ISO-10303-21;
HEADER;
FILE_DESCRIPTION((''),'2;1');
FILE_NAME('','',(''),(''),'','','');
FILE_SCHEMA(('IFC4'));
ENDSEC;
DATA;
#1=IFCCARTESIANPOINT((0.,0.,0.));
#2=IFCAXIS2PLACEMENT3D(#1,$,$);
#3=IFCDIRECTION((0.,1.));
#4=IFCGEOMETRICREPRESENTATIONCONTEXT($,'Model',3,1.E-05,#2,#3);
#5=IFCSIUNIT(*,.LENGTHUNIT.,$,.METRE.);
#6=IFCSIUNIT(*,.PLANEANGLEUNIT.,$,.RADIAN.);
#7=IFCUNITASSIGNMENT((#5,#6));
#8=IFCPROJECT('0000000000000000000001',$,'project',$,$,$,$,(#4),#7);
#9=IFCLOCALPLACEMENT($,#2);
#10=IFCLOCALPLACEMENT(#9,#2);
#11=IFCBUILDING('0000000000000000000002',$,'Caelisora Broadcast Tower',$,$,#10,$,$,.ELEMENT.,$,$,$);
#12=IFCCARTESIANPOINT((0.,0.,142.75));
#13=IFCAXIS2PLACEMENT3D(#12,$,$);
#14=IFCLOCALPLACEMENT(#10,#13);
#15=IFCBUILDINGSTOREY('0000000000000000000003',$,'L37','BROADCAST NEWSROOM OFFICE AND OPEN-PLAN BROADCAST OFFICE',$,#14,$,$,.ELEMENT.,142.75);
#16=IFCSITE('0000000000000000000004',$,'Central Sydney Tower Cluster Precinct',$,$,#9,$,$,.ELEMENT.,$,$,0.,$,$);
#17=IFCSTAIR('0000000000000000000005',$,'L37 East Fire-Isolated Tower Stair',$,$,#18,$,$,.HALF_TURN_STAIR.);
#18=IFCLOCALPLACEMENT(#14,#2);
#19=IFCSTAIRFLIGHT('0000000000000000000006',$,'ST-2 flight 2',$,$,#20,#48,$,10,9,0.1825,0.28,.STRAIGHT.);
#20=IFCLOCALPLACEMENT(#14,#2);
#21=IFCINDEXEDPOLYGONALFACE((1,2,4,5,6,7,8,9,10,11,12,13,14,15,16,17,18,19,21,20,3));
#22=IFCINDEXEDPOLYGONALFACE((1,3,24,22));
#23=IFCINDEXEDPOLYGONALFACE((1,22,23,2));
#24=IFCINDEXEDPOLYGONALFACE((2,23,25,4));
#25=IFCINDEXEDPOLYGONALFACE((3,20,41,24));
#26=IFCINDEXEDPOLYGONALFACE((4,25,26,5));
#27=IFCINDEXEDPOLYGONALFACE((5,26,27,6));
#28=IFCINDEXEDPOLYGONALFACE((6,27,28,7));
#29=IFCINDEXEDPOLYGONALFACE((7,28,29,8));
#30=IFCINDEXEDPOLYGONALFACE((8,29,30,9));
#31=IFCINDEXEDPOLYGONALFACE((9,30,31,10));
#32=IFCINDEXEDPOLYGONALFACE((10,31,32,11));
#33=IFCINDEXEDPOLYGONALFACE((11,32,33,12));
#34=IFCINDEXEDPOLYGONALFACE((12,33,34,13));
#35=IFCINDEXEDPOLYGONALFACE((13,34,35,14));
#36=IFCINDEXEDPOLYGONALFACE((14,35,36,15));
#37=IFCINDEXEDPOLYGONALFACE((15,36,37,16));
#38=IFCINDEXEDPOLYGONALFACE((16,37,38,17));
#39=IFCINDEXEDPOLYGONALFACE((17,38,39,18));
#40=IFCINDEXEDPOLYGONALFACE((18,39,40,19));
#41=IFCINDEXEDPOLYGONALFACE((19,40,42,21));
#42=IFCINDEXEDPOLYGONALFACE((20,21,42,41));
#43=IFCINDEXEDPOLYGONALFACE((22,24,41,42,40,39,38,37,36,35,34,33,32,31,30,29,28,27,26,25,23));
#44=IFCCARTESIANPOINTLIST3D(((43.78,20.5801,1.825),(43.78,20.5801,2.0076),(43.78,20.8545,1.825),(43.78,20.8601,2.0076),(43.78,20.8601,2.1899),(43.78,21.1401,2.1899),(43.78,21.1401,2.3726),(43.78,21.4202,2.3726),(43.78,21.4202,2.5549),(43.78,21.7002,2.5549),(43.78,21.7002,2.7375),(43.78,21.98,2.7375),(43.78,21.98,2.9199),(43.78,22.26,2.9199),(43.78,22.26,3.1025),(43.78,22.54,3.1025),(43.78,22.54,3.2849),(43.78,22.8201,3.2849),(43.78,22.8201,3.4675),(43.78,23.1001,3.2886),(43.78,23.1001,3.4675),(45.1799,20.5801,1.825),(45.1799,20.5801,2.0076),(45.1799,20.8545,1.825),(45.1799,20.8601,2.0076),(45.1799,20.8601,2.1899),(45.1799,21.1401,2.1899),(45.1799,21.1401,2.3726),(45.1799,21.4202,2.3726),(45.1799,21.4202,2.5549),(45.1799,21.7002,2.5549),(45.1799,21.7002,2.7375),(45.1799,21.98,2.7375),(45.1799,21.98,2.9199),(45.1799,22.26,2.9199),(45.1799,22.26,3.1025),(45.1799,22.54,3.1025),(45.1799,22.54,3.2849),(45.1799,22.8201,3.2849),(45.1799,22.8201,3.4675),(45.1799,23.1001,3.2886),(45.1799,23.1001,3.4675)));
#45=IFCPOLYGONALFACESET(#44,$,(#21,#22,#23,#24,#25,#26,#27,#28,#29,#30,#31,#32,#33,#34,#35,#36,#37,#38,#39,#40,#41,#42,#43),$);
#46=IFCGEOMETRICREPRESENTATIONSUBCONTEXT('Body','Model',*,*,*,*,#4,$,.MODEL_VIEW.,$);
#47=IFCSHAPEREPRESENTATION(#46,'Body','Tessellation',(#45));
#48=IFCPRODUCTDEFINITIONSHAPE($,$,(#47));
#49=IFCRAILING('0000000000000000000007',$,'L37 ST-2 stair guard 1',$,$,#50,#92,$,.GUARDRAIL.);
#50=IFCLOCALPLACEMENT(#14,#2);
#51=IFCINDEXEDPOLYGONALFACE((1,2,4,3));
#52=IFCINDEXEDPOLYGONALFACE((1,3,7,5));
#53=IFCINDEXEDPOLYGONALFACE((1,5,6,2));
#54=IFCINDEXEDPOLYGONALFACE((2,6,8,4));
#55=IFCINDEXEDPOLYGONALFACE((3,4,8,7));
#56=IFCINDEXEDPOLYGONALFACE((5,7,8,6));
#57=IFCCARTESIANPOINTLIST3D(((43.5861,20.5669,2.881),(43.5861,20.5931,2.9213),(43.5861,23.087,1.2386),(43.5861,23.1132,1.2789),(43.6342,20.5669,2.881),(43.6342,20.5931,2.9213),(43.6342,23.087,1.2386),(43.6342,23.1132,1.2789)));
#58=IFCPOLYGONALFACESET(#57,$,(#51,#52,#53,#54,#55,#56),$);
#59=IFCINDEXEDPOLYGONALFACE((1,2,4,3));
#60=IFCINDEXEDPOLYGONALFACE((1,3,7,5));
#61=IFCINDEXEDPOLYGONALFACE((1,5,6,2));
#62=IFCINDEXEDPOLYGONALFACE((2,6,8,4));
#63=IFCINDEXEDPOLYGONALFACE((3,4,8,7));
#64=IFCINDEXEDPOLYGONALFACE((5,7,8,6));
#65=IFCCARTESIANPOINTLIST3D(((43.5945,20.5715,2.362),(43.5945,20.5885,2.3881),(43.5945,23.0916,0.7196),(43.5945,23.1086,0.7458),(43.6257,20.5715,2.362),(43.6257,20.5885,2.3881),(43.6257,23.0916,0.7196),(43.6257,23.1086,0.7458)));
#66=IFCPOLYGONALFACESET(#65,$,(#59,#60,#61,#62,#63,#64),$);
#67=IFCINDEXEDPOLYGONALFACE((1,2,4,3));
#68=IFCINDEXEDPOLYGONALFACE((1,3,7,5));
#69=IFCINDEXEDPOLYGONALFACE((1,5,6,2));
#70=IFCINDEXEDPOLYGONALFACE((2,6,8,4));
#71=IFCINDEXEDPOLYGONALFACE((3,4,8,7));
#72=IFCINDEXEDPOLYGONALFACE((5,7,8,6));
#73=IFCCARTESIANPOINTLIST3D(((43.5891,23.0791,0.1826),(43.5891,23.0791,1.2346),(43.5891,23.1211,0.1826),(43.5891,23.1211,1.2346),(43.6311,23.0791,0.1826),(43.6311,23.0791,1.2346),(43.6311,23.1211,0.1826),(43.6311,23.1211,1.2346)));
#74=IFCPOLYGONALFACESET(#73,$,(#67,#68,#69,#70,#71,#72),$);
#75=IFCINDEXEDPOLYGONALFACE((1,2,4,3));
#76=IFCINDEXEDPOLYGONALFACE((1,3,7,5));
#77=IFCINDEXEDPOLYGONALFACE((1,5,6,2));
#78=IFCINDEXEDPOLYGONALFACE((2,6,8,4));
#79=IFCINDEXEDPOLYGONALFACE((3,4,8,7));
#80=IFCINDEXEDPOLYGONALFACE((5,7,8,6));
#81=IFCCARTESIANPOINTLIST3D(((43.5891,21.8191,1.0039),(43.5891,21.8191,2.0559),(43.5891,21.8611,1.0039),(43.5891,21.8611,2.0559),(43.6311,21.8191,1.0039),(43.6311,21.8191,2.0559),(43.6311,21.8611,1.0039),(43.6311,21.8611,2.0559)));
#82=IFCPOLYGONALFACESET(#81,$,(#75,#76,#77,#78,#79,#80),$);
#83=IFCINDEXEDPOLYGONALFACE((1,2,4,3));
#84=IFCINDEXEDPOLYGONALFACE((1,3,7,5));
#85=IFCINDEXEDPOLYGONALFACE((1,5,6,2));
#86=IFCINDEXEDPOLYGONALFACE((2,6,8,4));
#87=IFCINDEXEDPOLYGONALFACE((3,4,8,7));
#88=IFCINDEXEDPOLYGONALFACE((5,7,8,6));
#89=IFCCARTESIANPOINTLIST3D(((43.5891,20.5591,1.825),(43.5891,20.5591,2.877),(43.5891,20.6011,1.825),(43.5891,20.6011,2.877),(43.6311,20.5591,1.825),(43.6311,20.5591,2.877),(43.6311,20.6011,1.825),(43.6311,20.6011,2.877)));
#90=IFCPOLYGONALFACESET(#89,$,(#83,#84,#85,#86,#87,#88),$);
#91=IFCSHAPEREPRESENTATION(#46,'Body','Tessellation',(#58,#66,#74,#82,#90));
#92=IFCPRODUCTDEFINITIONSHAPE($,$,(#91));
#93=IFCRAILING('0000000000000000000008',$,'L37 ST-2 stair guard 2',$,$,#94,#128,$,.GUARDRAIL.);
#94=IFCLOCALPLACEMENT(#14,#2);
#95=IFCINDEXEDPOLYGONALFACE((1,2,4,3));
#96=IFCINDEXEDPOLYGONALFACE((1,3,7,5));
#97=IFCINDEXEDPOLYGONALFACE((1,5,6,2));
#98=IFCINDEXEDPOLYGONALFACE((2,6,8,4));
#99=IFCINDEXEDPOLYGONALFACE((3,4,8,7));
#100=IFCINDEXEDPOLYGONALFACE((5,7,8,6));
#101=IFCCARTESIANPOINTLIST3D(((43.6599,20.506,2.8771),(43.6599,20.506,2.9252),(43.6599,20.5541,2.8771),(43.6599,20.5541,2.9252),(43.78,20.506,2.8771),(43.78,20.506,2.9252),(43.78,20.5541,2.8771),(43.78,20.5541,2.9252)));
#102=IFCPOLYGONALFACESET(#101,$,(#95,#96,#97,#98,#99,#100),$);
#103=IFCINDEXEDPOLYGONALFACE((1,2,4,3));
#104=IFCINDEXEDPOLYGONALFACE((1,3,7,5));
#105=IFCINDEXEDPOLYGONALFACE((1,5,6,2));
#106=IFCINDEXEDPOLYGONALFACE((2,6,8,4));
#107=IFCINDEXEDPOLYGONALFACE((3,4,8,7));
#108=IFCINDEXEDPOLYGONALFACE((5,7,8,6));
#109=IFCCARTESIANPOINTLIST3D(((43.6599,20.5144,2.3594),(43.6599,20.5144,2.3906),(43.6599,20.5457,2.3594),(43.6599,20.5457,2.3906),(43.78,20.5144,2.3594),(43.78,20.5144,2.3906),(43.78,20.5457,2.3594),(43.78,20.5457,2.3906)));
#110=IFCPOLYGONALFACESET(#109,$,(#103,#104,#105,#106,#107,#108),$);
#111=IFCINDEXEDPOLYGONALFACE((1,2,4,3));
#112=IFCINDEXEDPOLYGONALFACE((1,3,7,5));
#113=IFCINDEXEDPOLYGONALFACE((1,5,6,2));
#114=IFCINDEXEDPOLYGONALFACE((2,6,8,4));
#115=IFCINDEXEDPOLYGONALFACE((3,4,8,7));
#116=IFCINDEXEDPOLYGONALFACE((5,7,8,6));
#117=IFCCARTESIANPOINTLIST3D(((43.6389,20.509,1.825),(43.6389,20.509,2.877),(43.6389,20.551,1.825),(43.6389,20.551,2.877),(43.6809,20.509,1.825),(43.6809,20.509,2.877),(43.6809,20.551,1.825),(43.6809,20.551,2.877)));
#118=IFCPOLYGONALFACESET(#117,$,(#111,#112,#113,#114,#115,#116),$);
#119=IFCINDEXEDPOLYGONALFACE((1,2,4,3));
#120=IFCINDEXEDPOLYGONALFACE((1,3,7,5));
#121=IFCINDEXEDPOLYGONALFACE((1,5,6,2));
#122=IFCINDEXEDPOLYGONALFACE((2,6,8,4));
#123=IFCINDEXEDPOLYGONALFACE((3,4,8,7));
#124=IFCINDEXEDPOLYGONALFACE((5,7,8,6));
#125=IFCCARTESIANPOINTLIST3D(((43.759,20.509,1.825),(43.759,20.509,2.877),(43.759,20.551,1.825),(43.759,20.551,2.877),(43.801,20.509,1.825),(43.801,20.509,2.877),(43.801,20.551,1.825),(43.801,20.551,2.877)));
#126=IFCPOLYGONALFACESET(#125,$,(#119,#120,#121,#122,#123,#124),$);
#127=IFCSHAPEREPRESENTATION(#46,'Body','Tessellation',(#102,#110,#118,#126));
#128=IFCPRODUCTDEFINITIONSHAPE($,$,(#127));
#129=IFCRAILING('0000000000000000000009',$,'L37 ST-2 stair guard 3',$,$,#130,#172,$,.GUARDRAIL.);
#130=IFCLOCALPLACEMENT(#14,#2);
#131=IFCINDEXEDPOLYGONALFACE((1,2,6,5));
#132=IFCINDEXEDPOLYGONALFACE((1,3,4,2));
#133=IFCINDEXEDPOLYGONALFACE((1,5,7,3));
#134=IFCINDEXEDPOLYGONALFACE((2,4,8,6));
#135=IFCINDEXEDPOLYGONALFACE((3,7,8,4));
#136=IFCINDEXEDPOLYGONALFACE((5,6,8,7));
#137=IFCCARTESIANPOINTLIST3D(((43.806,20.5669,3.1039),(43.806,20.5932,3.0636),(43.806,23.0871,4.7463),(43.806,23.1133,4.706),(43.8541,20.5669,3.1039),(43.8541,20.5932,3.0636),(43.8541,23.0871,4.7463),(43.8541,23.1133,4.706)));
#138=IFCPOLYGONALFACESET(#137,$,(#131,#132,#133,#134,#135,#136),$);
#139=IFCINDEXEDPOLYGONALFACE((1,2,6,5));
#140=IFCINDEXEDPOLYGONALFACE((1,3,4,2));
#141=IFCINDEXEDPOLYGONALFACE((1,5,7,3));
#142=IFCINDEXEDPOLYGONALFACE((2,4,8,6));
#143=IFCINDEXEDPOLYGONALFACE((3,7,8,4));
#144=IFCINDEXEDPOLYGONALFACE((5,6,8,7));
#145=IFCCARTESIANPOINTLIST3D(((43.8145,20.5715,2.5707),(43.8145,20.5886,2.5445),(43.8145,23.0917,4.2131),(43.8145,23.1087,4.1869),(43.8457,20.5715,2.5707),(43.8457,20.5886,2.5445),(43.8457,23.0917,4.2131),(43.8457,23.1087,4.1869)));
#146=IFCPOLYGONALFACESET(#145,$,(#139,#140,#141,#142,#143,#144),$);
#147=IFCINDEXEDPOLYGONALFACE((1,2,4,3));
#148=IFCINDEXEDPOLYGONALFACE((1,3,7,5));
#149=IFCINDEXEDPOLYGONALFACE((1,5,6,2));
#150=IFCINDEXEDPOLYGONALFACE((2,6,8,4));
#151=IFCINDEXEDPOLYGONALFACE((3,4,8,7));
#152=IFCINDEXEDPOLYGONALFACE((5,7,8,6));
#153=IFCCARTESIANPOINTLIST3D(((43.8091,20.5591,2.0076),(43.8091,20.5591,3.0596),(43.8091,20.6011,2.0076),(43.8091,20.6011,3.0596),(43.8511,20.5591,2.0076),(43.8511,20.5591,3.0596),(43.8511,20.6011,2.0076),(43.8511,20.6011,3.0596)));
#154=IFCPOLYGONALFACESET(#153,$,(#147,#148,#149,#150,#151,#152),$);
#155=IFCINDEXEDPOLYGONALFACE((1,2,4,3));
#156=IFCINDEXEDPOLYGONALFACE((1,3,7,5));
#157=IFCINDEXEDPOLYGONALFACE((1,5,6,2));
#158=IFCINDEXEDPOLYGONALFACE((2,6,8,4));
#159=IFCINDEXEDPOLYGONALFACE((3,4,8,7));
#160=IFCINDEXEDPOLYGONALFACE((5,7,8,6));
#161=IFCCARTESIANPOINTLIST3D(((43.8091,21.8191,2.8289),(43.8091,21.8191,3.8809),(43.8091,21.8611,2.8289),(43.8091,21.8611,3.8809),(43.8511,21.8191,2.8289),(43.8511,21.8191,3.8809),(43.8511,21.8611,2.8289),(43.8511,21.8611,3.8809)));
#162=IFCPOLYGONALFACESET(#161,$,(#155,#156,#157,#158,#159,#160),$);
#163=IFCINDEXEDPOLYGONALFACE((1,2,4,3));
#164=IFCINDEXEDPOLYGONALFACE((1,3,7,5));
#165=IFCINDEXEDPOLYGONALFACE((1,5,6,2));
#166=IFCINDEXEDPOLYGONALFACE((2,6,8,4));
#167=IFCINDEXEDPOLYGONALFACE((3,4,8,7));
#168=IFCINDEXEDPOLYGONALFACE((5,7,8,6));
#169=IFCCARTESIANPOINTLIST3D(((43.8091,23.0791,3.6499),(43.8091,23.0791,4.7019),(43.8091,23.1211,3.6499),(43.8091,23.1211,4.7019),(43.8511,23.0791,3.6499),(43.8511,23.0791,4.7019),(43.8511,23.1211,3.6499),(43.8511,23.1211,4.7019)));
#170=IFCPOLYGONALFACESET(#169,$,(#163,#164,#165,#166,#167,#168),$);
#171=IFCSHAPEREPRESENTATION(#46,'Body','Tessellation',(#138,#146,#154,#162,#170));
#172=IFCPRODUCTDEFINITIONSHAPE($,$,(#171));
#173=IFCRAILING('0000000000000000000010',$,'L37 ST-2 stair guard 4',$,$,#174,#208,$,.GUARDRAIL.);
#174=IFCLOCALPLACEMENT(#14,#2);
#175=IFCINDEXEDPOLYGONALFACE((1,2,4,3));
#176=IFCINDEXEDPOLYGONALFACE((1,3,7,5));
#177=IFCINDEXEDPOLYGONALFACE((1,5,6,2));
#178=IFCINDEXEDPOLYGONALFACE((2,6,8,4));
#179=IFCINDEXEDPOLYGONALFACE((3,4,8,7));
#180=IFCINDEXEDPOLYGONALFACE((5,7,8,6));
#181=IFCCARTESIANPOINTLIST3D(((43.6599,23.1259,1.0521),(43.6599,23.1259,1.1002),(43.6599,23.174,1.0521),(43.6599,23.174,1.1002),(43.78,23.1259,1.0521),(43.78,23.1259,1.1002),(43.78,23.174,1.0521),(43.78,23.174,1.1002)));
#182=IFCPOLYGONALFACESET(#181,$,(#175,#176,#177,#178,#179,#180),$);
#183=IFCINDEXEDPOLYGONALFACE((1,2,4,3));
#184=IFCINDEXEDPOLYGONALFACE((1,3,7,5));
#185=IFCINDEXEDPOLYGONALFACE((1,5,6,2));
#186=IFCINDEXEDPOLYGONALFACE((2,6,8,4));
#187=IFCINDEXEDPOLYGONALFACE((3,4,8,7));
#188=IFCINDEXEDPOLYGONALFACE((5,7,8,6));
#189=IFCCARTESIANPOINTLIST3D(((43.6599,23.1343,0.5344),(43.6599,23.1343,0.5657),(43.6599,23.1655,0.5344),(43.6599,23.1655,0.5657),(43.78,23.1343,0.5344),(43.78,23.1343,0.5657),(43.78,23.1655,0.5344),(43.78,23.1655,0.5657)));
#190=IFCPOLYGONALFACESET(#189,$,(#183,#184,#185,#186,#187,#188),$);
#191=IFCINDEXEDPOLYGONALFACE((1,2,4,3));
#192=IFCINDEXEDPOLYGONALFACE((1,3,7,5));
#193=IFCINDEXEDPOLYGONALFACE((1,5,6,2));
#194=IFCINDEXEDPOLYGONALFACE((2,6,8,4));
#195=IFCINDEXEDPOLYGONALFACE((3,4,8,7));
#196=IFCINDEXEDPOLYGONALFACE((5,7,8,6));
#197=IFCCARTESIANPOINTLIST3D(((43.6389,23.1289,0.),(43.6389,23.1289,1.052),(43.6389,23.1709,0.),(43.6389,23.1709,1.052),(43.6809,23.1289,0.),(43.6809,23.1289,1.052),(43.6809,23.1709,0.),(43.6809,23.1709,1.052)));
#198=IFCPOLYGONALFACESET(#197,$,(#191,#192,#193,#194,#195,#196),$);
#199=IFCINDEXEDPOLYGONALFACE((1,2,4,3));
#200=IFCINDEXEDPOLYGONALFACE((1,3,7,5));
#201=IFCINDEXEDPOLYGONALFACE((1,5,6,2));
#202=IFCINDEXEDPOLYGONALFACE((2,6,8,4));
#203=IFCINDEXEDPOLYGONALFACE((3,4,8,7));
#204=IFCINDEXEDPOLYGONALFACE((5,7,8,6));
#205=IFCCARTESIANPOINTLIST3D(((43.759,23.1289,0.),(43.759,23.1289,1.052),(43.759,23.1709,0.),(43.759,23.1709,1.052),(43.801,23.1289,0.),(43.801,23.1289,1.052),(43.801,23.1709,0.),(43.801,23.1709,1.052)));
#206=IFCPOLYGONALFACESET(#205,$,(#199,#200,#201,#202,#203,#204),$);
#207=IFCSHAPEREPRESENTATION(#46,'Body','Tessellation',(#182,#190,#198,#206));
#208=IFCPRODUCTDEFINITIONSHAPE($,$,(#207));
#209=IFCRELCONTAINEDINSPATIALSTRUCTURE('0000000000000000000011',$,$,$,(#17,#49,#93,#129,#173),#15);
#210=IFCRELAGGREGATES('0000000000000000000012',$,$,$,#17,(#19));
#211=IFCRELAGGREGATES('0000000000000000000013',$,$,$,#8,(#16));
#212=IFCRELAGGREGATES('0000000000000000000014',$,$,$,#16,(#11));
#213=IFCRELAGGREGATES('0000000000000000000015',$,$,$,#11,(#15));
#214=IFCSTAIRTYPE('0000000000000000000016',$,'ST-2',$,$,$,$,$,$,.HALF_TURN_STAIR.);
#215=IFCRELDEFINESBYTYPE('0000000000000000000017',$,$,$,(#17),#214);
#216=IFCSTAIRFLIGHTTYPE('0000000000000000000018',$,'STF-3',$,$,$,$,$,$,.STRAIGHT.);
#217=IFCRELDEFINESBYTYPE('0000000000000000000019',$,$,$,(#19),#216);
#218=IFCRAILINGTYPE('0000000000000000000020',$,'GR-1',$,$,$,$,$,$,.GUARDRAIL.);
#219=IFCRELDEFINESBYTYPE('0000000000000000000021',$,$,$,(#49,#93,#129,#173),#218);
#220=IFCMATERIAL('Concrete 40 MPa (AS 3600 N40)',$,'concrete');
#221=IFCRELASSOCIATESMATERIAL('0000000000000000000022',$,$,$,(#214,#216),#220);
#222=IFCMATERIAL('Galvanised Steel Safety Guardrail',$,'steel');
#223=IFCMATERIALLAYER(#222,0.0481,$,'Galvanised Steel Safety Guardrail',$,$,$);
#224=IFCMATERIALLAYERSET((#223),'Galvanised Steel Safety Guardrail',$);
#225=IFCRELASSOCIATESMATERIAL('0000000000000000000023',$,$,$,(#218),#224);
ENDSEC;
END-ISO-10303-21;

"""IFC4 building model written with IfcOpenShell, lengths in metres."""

from ifc_helpers import new_model, si_unit, direction, frame, origin, origin_2d, place, context, subcontext, project, spatial, polyline, rectangle, outline, extrude, material, layer, layer_set, type_object, element, aggregate, save


model = new_model("IFC4")

# Units and contexts
model_context = context("Model", 3, precision=1e-05, world=origin(), true_north=direction((0.0, 1.0)))
body_context = subcontext(model_context, "Body", "Model", "MODEL_VIEW")
ifc_project = project(units=[si_unit("LENGTHUNIT", "METRE"), si_unit("PLANEANGLEUNIT", "RADIAN")], contexts=[model_context])

# Site, building, storey
site_placement = place(None, origin())
site = spatial("IfcSite", under=ifc_project, at=site_placement, Name="Central Sydney Tower Cluster Precinct", CompositionType="ELEMENT", RefElevation=0.0)
building_placement = place(site_placement, origin())
building = spatial("IfcBuilding", under=site, at=building_placement, Name="Caelisora Broadcast Tower", CompositionType="ELEMENT")
storey_placement = place(building_placement, frame((0.0, 0.0, 142.75)))
storey = spatial("IfcBuildingStorey", under=building, at=storey_placement, Name="L37", Description="BROADCAST NEWSROOM OFFICE AND OPEN-PLAN BROADCAST OFFICE", CompositionType="ELEMENT", Elevation=142.75)

# Stair, stair flight
ifc_material_1 = material(Name="Concrete 40 MPa (AS 3600 N40)", Category="concrete")
stair_type = type_object("IfcStairType", Name="ST-2", PredefinedType="HALF_TURN_STAIR", material=ifc_material_1)
stair_placement = place(storey_placement, origin())
stair = element("IfcStair", 1, at=stair_placement, inside=storey, type_object=stair_type, Name="L37 East Fire-Isolated Tower Stair", PredefinedType="HALF_TURN_STAIR")
stair_flight_type = type_object("IfcStairFlightType", Name="STF-3", PredefinedType="STRAIGHT", material=ifc_material_1)
stair_flight_1_placement = place(storey_placement, frame((44.48, 20.5801, 1.825), z_axis=(0.0, 0.0, 1.0), x_axis=(0.0, 1.0, 0.0)))
stair_flight_1 = element("IfcStairFlight", 2, at=stair_flight_1_placement, type_object=stair_flight_type, Name="ST-2 flight 2", NumberOfRisers=10, NumberOfTreads=9, PredefinedType="STRAIGHT", RiserHeight=0.1825, TreadLength=0.28, context=body_context, shape_type="SweptSolid", body=[
    extrude(outline(polyline([(0.0, 0.0), (0.0, 0.1826), (0.28, 0.1826), (0.28, 0.365), (0.5601, 0.365), (0.5601, 0.5476), (0.8401, 0.5476), (0.8401, 0.73), (1.1201, 0.73), (1.1201, 0.9126), (1.3999, 0.9126), (1.3999, 1.095), (1.6799, 1.095), (1.6799, 1.2776), (1.96, 1.2776), (1.96, 1.46), (2.24, 1.46), (2.24, 1.6426), (2.52, 1.6426), (2.52, 1.825), (2.52, 1.4636), (0.2744, 0.0), (0.0, 0.0)])), frame((0.0, 0.7, 0.0), z_axis=(0.0, -1.0, 0.0), x_axis=(1.0, 0.0, 0.0)), (0.0, 0.0, 1.0), 1.3999),
])
aggregate(stair, [stair_flight_1])

# Railings
ifc_material_2 = material(Name="Galvanised Steel Safety Guardrail", Category="steel")
ifc_layer_1 = layer(ifc_material_2, 0.0481, Name="Galvanised Steel Safety Guardrail")
ifc_layer_set_1 = layer_set([ifc_layer_1], Name="Galvanised Steel Safety Guardrail")
railing_type_1 = type_object("IfcRailingType", Name="GR-1", PredefinedType="GUARDRAIL", material=ifc_layer_set_1)
railing_1_placement = place(storey_placement, frame((43.6101, 23.1001, 0.1826)))
element("IfcRailing", 3, at=railing_1_placement, inside=storey, type_object=railing_type_1, Name="L37 ST-2 stair guard 1", PredefinedType="GUARDRAIL", context=body_context, shape_type="SweptSolid", body=[
    extrude(rectangle(XDim=0.0481, YDim=0.0481, at=origin_2d()), frame((0.0, 0.0, 1.0762), z_axis=(0.0, -0.837787, 0.545998), x_axis=(1.0, 0.0, 0.0)), (0.0, 0.0, 1.0), 3.0081),
    extrude(rectangle(XDim=0.0312, YDim=0.0312, at=origin_2d()), frame((0.0, 0.0, 0.55), z_axis=(0.0, -0.837787, 0.545998), x_axis=(1.0, 0.0, 0.0)), (0.0, 0.0, 1.0), 3.0081),
    extrude(rectangle(XDim=0.042, YDim=0.042, at=origin_2d()), origin(), (0.0, 0.0, 1.0), 1.052),
    extrude(rectangle(XDim=0.042, YDim=0.042, at=origin_2d()), frame((0.0, -1.26, 0.8213)), (0.0, 0.0, 1.0), 1.052),
    extrude(rectangle(XDim=0.042, YDim=0.042, at=origin_2d()), frame((0.0, -2.52, 1.6423)), (0.0, 0.0, 1.0), 1.052),
])
railing_2_placement = place(storey_placement, frame((43.6599, 20.53, 1.825)))
element("IfcRailing", 4, at=railing_2_placement, inside=storey, type_object=railing_type_1, Name="L37 ST-2 stair guard 2", PredefinedType="GUARDRAIL", context=body_context, shape_type="SweptSolid", body=[
    extrude(rectangle(XDim=0.0481, YDim=0.0481, at=origin_2d()), frame((0.0, 0.0, 1.0762), z_axis=(1.0, 0.0, 0.0), x_axis=(0.0, 1.0, 0.0)), (0.0, 0.0, 1.0), 0.1201),
    extrude(rectangle(XDim=0.0312, YDim=0.0312, at=origin_2d()), frame((0.0, 0.0, 0.55), z_axis=(1.0, 0.0, 0.0), x_axis=(0.0, 1.0, 0.0)), (0.0, 0.0, 1.0), 0.1201),
    extrude(rectangle(XDim=0.042, YDim=0.042, at=origin_2d()), origin(), (0.0, 0.0, 1.0), 1.052),
    extrude(rectangle(XDim=0.042, YDim=0.042, at=origin_2d()), frame((0.1201, 0.0, 0.0)), (0.0, 0.0, 1.0), 1.052),
])
railing_3_placement = place(storey_placement, frame((43.8301, 20.5801, 2.0076)))
element("IfcRailing", 5, at=railing_3_placement, inside=storey, type_object=railing_type_1, Name="L37 ST-2 stair guard 3", PredefinedType="GUARDRAIL", context=body_context, shape_type="SweptSolid", body=[
    extrude(rectangle(XDim=0.0481, YDim=0.0481, at=origin_2d()), frame((0.0, 0.0, 1.0762), z_axis=(0.0, 0.837787, 0.545998), x_axis=(-1.0, 0.0, 0.0)), (0.0, 0.0, 1.0), 3.0081),
    extrude(rectangle(XDim=0.0312, YDim=0.0312, at=origin_2d()), frame((0.0, 0.0, 0.55), z_axis=(0.0, 0.837787, 0.545998), x_axis=(-1.0, 0.0, 0.0)), (0.0, 0.0, 1.0), 3.0081),
    extrude(rectangle(XDim=0.042, YDim=0.042, at=origin_2d()), origin(), (0.0, 0.0, 1.0), 1.052),
    extrude(rectangle(XDim=0.042, YDim=0.042, at=origin_2d()), frame((0.0, 1.26, 0.8213)), (0.0, 0.0, 1.0), 1.052),
    extrude(rectangle(XDim=0.042, YDim=0.042, at=origin_2d()), frame((0.0, 2.52, 1.6423)), (0.0, 0.0, 1.0), 1.052),
])
railing_4_placement = place(storey_placement, frame((43.6599, 23.1499, 0.0)))
element("IfcRailing", 6, at=railing_4_placement, inside=storey, type_object=railing_type_1, Name="L37 ST-2 stair guard 4", PredefinedType="GUARDRAIL", context=body_context, shape_type="SweptSolid", body=[
    extrude(rectangle(XDim=0.0481, YDim=0.0481, at=origin_2d()), frame((0.0, 0.0, 1.0762), z_axis=(1.0, 0.0, 0.0), x_axis=(0.0, 1.0, 0.0)), (0.0, 0.0, 1.0), 0.1201),
    extrude(rectangle(XDim=0.0312, YDim=0.0312, at=origin_2d()), frame((0.0, 0.0, 0.55), z_axis=(1.0, 0.0, 0.0), x_axis=(0.0, 1.0, 0.0)), (0.0, 0.0, 1.0), 0.1201),
    extrude(rectangle(XDim=0.042, YDim=0.042, at=origin_2d()), origin(), (0.0, 0.0, 1.0), 1.052),
    extrude(rectangle(XDim=0.042, YDim=0.042, at=origin_2d()), frame((0.1201, 0.0, 0.0)), (0.0, 0.0, 1.0), 1.052),
])

save(model, "model.ifc")
